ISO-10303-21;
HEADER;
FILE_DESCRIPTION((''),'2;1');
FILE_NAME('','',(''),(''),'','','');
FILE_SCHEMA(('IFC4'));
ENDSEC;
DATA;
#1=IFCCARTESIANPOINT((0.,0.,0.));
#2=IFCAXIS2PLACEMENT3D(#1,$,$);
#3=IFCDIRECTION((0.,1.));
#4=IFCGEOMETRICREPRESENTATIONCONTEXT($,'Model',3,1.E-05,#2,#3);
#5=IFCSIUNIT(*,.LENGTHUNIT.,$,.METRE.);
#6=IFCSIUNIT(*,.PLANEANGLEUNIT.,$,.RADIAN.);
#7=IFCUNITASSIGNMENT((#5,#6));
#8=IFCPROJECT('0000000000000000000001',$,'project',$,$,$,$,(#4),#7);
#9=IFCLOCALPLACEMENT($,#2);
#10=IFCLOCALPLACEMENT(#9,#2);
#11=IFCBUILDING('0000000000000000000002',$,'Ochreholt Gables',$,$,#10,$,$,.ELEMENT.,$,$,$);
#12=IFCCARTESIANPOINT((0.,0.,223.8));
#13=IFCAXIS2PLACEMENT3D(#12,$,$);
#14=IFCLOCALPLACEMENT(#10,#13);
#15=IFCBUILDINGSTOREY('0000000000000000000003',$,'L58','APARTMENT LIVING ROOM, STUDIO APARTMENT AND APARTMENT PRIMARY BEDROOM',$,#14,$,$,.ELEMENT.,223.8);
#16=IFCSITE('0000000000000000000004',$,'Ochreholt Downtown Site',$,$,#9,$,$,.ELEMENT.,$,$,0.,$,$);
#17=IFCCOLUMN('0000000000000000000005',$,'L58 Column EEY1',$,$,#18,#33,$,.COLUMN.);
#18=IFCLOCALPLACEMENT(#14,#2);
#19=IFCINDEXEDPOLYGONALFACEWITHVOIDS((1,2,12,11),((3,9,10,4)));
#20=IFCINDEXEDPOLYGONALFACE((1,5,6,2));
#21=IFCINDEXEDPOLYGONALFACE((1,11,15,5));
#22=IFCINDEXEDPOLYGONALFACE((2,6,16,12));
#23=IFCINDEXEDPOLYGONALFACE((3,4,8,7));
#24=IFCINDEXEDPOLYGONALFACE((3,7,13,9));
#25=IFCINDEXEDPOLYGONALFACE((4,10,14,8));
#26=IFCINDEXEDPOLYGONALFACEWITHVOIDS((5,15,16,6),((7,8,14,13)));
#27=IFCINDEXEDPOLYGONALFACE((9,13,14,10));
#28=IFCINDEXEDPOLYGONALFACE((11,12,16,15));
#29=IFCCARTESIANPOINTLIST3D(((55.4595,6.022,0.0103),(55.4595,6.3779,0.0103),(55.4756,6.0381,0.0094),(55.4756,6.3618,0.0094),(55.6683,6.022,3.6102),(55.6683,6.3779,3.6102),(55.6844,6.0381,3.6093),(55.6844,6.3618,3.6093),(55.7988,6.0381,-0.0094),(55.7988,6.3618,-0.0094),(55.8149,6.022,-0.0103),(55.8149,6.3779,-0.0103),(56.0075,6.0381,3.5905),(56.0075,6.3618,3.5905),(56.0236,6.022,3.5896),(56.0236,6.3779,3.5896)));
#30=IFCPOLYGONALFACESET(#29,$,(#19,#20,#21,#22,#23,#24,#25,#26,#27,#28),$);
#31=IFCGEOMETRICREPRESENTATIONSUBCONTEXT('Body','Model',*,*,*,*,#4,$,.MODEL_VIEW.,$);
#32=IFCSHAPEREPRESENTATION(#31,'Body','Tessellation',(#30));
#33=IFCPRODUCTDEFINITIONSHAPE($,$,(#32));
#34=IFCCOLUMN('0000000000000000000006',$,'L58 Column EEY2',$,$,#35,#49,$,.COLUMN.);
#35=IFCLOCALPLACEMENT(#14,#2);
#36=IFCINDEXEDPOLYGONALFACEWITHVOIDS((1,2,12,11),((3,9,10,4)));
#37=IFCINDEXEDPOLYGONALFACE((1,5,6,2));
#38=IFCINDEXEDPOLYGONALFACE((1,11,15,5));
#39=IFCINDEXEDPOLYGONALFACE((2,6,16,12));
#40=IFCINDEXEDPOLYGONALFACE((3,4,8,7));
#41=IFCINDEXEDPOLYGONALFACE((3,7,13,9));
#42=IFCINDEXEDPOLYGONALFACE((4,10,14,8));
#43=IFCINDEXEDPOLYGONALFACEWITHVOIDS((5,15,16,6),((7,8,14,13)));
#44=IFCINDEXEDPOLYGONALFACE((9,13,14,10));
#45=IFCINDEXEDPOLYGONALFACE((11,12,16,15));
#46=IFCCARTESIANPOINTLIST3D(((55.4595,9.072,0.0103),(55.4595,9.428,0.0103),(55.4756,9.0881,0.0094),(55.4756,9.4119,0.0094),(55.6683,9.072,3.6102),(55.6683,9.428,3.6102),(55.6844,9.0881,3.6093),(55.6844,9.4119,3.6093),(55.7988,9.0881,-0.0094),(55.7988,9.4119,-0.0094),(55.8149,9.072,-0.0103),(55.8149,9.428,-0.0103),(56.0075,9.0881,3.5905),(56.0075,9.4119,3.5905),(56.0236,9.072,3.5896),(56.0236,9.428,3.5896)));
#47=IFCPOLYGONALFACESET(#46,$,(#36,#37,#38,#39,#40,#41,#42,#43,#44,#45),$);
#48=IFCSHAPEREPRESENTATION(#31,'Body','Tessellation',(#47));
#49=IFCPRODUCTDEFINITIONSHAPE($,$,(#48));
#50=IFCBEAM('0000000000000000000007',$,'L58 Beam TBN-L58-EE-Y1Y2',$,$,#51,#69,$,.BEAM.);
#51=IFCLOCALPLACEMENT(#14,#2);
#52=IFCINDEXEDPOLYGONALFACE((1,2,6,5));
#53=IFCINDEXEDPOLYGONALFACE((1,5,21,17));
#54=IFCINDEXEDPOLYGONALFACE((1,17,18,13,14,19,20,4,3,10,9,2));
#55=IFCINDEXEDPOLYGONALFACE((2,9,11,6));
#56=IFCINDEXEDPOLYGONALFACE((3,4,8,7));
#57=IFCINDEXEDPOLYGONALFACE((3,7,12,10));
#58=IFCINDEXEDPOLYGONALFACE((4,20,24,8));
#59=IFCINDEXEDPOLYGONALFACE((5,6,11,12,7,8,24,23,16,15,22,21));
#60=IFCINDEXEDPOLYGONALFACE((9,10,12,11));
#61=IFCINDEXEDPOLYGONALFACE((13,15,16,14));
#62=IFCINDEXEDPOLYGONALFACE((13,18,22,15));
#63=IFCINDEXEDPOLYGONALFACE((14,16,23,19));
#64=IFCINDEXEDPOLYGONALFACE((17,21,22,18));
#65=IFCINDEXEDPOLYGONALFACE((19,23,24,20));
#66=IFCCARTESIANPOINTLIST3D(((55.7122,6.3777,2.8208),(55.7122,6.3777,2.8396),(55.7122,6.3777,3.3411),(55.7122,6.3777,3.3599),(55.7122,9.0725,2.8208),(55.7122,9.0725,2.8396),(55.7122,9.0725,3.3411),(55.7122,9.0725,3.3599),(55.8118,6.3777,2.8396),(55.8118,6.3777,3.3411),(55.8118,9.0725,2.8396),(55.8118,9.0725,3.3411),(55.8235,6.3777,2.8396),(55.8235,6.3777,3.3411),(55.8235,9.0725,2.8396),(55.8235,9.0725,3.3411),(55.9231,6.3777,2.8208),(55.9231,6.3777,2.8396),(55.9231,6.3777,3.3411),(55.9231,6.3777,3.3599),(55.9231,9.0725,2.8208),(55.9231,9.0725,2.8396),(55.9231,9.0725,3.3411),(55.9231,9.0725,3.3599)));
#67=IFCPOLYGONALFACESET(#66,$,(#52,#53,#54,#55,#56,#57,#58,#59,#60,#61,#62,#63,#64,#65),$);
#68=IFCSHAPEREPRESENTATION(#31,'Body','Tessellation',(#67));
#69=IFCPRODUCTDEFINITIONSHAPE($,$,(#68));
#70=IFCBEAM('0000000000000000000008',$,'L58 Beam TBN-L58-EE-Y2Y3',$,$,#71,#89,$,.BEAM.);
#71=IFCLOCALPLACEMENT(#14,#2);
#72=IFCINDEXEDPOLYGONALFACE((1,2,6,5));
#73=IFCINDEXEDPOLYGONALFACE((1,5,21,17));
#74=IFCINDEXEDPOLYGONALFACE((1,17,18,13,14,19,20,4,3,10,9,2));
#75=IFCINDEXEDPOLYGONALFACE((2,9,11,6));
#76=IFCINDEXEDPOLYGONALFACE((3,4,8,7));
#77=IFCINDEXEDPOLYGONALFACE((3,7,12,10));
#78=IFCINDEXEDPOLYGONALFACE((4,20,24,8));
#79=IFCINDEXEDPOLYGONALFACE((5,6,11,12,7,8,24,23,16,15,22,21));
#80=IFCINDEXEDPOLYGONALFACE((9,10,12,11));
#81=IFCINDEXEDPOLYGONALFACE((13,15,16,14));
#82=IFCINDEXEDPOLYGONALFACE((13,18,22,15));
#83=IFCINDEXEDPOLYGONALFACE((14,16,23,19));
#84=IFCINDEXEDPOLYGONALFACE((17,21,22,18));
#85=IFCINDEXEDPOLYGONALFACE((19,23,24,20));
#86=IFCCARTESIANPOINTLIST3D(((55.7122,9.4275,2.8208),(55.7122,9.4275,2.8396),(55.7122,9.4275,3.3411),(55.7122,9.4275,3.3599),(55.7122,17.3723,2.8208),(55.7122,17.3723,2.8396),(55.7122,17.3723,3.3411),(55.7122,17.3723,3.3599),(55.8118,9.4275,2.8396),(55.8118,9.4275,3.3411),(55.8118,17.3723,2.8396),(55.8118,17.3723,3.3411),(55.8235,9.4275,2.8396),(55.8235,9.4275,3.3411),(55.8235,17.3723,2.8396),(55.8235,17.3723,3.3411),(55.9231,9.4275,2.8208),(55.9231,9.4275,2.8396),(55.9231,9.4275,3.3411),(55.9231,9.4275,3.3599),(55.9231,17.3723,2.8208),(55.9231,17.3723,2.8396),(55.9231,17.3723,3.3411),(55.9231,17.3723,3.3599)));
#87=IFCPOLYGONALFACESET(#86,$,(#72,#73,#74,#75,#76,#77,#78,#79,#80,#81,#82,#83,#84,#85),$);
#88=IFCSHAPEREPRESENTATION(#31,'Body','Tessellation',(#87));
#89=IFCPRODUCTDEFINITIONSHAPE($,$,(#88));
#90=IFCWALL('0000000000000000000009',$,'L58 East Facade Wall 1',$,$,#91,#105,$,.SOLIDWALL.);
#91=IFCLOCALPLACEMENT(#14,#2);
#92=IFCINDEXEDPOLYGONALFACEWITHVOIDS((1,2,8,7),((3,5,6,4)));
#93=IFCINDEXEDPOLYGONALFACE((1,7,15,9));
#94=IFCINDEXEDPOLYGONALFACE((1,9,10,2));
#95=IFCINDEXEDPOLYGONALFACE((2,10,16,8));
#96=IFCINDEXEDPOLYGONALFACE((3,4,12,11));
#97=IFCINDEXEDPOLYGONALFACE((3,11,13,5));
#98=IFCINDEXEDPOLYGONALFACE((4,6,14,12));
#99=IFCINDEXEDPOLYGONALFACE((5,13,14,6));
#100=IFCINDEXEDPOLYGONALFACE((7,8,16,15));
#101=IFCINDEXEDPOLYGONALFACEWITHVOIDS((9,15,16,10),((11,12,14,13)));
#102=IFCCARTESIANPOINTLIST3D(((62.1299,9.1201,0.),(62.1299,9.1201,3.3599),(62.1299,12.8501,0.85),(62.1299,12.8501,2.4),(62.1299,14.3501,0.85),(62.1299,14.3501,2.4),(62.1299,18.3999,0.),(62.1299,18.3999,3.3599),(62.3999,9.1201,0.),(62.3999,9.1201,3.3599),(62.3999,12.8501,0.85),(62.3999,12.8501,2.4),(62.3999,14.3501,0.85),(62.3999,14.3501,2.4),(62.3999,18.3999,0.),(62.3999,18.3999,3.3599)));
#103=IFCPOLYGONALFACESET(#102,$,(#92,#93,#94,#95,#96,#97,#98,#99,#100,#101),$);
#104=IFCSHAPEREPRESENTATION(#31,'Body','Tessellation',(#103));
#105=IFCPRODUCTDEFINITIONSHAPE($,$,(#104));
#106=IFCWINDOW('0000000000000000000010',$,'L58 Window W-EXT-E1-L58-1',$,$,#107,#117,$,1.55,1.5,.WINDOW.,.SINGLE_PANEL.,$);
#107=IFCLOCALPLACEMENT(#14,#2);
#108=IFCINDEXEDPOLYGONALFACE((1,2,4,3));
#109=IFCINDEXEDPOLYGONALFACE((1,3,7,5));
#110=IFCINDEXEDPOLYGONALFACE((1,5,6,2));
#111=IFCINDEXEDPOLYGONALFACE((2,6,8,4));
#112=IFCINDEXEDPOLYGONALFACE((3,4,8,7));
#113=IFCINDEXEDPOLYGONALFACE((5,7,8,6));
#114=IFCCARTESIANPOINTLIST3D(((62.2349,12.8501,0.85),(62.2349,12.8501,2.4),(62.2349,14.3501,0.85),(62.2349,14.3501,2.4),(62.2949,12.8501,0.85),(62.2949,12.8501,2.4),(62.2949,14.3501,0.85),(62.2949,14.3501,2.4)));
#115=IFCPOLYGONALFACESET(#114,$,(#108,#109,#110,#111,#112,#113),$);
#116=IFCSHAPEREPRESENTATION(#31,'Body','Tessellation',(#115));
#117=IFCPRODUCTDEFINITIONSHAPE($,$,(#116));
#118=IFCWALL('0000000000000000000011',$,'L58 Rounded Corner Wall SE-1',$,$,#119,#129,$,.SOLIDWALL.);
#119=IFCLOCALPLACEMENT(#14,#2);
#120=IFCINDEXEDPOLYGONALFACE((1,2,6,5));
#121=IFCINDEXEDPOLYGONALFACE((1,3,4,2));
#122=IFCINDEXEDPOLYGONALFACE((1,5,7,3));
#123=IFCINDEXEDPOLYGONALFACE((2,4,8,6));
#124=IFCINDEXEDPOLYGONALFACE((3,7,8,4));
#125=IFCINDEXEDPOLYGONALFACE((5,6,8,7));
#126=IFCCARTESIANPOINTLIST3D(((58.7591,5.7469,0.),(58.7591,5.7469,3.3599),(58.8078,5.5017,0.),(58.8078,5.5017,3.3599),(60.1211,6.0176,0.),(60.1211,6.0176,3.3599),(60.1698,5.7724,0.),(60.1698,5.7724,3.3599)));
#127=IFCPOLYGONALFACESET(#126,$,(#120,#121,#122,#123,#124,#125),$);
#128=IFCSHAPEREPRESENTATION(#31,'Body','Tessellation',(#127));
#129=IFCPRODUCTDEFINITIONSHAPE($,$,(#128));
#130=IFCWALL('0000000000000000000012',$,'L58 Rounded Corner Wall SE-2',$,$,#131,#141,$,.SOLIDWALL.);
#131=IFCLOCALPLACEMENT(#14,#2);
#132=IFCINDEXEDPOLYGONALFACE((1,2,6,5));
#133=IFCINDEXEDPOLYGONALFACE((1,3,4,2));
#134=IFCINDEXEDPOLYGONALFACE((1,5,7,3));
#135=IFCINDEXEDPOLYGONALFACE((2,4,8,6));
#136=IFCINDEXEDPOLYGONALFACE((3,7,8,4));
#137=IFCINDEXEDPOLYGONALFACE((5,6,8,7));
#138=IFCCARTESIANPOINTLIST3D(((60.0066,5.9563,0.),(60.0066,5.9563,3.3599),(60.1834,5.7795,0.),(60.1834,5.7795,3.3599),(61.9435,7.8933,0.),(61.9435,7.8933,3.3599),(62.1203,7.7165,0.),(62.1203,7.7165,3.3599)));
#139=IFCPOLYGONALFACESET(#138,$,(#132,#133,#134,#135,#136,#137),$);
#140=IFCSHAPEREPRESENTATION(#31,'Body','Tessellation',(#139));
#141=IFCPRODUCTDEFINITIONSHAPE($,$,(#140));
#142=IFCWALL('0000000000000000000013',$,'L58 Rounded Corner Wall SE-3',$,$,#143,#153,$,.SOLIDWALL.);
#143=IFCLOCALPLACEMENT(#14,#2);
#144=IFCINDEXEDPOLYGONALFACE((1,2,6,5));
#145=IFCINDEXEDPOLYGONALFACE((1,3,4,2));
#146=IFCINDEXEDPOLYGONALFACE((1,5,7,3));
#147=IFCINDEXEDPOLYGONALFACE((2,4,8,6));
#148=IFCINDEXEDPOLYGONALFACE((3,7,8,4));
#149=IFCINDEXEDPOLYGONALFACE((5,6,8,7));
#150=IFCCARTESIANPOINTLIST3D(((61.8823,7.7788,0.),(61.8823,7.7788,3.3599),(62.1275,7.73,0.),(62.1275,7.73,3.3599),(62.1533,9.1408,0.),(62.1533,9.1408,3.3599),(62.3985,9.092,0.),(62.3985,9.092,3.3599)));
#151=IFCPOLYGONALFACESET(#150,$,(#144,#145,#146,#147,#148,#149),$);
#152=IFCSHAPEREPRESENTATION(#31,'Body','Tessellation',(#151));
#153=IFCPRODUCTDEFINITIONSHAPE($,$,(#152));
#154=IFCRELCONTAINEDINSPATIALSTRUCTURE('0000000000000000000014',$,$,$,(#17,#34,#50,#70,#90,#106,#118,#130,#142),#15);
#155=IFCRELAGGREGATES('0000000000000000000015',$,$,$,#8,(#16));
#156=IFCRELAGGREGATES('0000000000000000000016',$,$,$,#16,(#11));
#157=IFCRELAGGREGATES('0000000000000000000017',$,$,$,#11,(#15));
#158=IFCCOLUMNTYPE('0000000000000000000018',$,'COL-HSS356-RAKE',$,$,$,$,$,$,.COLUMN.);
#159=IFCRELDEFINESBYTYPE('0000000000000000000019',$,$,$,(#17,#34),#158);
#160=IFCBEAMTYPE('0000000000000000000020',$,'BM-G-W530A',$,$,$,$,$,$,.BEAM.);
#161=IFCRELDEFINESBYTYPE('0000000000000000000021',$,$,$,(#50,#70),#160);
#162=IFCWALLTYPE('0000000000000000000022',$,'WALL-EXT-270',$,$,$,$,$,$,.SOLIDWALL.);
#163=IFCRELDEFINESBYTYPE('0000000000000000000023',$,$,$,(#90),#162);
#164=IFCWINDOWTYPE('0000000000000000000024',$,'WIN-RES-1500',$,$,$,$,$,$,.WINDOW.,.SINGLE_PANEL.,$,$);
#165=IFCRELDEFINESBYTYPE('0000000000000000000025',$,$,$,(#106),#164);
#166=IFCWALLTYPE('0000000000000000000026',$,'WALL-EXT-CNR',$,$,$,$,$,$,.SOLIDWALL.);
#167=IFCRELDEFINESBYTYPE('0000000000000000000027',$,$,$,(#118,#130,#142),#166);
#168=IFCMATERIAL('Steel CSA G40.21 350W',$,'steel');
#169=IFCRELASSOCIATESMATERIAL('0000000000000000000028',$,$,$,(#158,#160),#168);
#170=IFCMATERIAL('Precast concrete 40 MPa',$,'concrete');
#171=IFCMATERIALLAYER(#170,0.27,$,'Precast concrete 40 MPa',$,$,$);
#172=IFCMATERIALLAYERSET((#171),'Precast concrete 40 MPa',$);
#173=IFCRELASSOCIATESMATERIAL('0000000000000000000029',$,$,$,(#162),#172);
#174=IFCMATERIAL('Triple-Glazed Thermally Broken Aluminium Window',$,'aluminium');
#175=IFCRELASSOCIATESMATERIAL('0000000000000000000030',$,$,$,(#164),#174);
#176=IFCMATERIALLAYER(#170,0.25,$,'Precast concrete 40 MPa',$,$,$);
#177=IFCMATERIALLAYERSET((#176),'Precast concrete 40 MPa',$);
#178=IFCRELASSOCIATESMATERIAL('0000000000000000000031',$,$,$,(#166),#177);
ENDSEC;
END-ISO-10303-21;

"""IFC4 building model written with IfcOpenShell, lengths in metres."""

from ifc_helpers import new_model, si_unit, direction, frame, frame_2d, origin, origin_2d, place, context, subcontext, project, spatial, rectangle, hollow_rectangle, i_section, extrude, material, layer, layer_set, material_profile, profile_set, type_object, element, fill, save


model = new_model("IFC4")

# Units and contexts
model_context = context("Model", 3, precision=1e-05, world=origin(), true_north=direction((0.0, 1.0)))
body_context = subcontext(model_context, "Body", "Model", "MODEL_VIEW")
ifc_project = project(units=[si_unit("LENGTHUNIT", "METRE"), si_unit("PLANEANGLEUNIT", "RADIAN")], contexts=[model_context])

# Site, building, storey
site_placement = place(None, origin())
site = spatial("IfcSite", under=ifc_project, at=site_placement, Name="Ochreholt Downtown Site", CompositionType="ELEMENT", RefElevation=0.0)
building_placement = place(site_placement, origin())
building = spatial("IfcBuilding", under=site, at=building_placement, Name="Ochreholt Gables", CompositionType="ELEMENT")
storey_placement = place(building_placement, frame((0.0, 0.0, 223.8)))
storey = spatial("IfcBuildingStorey", under=building, at=storey_placement, Name="L58", Description="APARTMENT LIVING ROOM, STUDIO APARTMENT AND APARTMENT PRIMARY BEDROOM", CompositionType="ELEMENT", Elevation=223.8)

# Columns
ifc_material_1 = material(Name="Steel CSA G40.21 350W", Category="steel")
ifc_material_profile_1 = material_profile(ifc_material_1, hollow_rectangle(XDim=0.356, YDim=0.356, WallThickness=0.0161, at=origin_2d()), Name="HSS356X356X16")
ifc_profile_set_1 = profile_set([ifc_material_profile_1], Name="Steel CSA G40.21 350W")
column_type = type_object("IfcColumnType", Name="COL-HSS356-RAKE", PredefinedType="COLUMN", material=ifc_profile_set_1)
for number, where, z_axis, x_axis, name in (
    (1, (55.6372, 6.2, 0.0), (0.057889, 0.0, 0.998323), (0.0, 1.0, 0.0), "L58 Column EEY1"),
    (2, (55.6372, 9.25, 0.0), (0.057889, 0.0, 0.998323), (0.0, 1.0, 0.0), "L58 Column EEY2"),
):
    element("IfcColumn", number, at=place(storey_placement, frame(where, z_axis=z_axis, x_axis=x_axis)), inside=storey, type_object=column_type, Name=name, PredefinedType="COLUMN", context=body_context, shape_type="SweptSolid", body=[
        extrude(hollow_rectangle(XDim=0.356, YDim=0.356, WallThickness=0.0161, at=origin_2d()), origin(), (0.0, 0.0, 1.0), 3.606),
    ])

# Beams
ifc_material_profile_2 = material_profile(ifc_material_1, i_section(OverallWidth=0.2109, OverallDepth=0.5391, WebThickness=0.0117, FlangeThickness=0.0188, at=origin_2d()), Name="W530X109")
ifc_profile_set_2 = profile_set([ifc_material_profile_2], Name="Steel CSA G40.21 350W")
beam_type = type_object("IfcBeamType", Name="BM-G-W530A", PredefinedType="BEAM", material=ifc_profile_set_2)
beam_1_placement = place(storey_placement, frame((55.8176, 6.3777, 3.0903), z_axis=(0.0, 1.0, 0.0), x_axis=(-1.0, 0.0, 0.0)))
element("IfcBeam", 3, at=beam_1_placement, inside=storey, type_object=beam_type, Name="L58 Beam TBN-L58-EE-Y1Y2", PredefinedType="BEAM", context=body_context, shape_type="SweptSolid", body=[
    extrude(i_section(OverallWidth=0.2109, OverallDepth=0.5391, WebThickness=0.0117, FlangeThickness=0.0188, at=origin_2d()), origin(), (0.0, 0.0, 1.0), 2.6948),
])
beam_2_placement = place(storey_placement, frame((55.8176, 9.4275, 3.0903), z_axis=(0.0, 1.0, 0.0), x_axis=(-1.0, 0.0, 0.0)))
element("IfcBeam", 4, at=beam_2_placement, inside=storey, type_object=beam_type, Name="L58 Beam TBN-L58-EE-Y2Y3", PredefinedType="BEAM", context=body_context, shape_type="SweptSolid", body=[
    extrude(i_section(OverallWidth=0.2109, OverallDepth=0.5391, WebThickness=0.0117, FlangeThickness=0.0188, at=origin_2d()), origin(), (0.0, 0.0, 1.0), 7.9448),
])

# Wall, opening, window
ifc_material_2 = material(Name="Precast concrete 40 MPa", Category="concrete")
ifc_layer_1 = layer(ifc_material_2, 0.27, Name="Precast concrete 40 MPa")
ifc_layer_set_1 = layer_set([ifc_layer_1], Name="Precast concrete 40 MPa")
wall_type_1 = type_object("IfcWallType", Name="WALL-EXT-270", PredefinedType="SOLIDWALL", material=ifc_layer_set_1)
wall_1_placement = place(storey_placement, frame((62.2649, 9.1201, 0.0), z_axis=(0.0, 0.0, 1.0), x_axis=(0.0, 1.0, 0.0)))
wall_1 = element("IfcWall", 5, at=wall_1_placement, inside=storey, type_object=wall_type_1, Name="L58 East Facade Wall 1", PredefinedType="SOLIDWALL", context=body_context, shape_type="SweptSolid", body=[
    extrude(rectangle(XDim=9.2798, YDim=0.27, at=frame_2d((4.6399, 0.0))), origin(), (0.0, 0.0, 1.0), 3.3599),
])
opening_1_placement = place(wall_1_placement, frame((3.73, 0.0, 0.8501)))
opening_1 = element("IfcOpeningElement", 6, at=opening_1_placement, cuts=wall_1, PredefinedType="OPENING", context=body_context, shape_type="SweptSolid", body=[
    extrude(rectangle(XDim=1.5, YDim=1.55, at=frame_2d((0.75, 0.7749))), frame((0.0, 0.145, 0.0), z_axis=(0.0, -1.0, 0.0), x_axis=(1.0, 0.0, 0.0)), (0.0, 0.0, 1.0), 0.29),
])
ifc_material_3 = material(Name="Triple-Glazed Thermally Broken Aluminium Window", Category="aluminium")
window_type = type_object("IfcWindowType", Name="WIN-RES-1500", PartitioningType="SINGLE_PANEL", PredefinedType="WINDOW", material=ifc_material_3)
window_placement = place(opening_1_placement, origin())
window = element("IfcWindow", 7, at=window_placement, inside=storey, type_object=window_type, Name="L58 Window W-EXT-E1-L58-1", OverallHeight=1.55, OverallWidth=1.5, PartitioningType="SINGLE_PANEL", PredefinedType="WINDOW", context=body_context, shape_type="SweptSolid", body=[
    extrude(rectangle(XDim=1.5, YDim=1.55, at=frame_2d((0.75, 0.7749))), frame((0.0, 0.03, 0.0), z_axis=(0.0, -1.0, 0.0), x_axis=(1.0, 0.0, 0.0)), (0.0, 0.0, 1.0), 0.0601),
])
fill(opening_1, window)

# Walls
ifc_layer_2 = layer(ifc_material_2, 0.25, Name="Precast concrete 40 MPa")
ifc_layer_set_2 = layer_set([ifc_layer_2], Name="Precast concrete 40 MPa")
wall_type_2 = type_object("IfcWallType", Name="WALL-EXT-CNR", PredefinedType="SOLIDWALL", material=ifc_layer_set_2)
wall_2_placement = place(storey_placement, frame((58.7834, 5.6243, 0.0), z_axis=(0.0, 0.0, 1.0), x_axis=(0.98081, 0.194967, 0.0)))
element("IfcWall", 8, at=wall_2_placement, inside=storey, type_object=wall_type_2, Name="L58 Rounded Corner Wall SE-1", PredefinedType="SOLIDWALL", context=body_context, shape_type="SweptSolid", body=[
    extrude(rectangle(XDim=1.3887, YDim=0.25, at=frame_2d((0.6943, 0.0))), origin(), (0.0, 0.0, 1.0), 3.3599),
])
wall_3_placement = place(storey_placement, frame((60.095, 5.8679, 0.0), z_axis=(0.0, 0.0, 1.0), x_axis=(0.707107, 0.707107, 0.0)))
element("IfcWall", 9, at=wall_3_placement, inside=storey, type_object=wall_type_2, Name="L58 Rounded Corner Wall SE-2", PredefinedType="SOLIDWALL", context=body_context, shape_type="SweptSolid", body=[
    extrude(rectangle(XDim=2.7393, YDim=0.25, at=frame_2d((1.3696, 0.0))), origin(), (0.0, 0.0, 1.0), 3.3599),
])
wall_4_placement = place(storey_placement, frame((62.0049, 7.7544, 0.0), z_axis=(0.0, 0.0, 1.0), x_axis=(0.195136, 0.980776, 0.0)))
element("IfcWall", 10, at=wall_4_placement, inside=storey, type_object=wall_type_2, Name="L58 Rounded Corner Wall SE-3", PredefinedType="SOLIDWALL", context=body_context, shape_type="SweptSolid", body=[
    extrude(rectangle(XDim=1.3887, YDim=0.25, at=frame_2d((0.6943, 0.0))), origin(), (0.0, 0.0, 1.0), 3.3599),
])

save(model, "model.ifc")
